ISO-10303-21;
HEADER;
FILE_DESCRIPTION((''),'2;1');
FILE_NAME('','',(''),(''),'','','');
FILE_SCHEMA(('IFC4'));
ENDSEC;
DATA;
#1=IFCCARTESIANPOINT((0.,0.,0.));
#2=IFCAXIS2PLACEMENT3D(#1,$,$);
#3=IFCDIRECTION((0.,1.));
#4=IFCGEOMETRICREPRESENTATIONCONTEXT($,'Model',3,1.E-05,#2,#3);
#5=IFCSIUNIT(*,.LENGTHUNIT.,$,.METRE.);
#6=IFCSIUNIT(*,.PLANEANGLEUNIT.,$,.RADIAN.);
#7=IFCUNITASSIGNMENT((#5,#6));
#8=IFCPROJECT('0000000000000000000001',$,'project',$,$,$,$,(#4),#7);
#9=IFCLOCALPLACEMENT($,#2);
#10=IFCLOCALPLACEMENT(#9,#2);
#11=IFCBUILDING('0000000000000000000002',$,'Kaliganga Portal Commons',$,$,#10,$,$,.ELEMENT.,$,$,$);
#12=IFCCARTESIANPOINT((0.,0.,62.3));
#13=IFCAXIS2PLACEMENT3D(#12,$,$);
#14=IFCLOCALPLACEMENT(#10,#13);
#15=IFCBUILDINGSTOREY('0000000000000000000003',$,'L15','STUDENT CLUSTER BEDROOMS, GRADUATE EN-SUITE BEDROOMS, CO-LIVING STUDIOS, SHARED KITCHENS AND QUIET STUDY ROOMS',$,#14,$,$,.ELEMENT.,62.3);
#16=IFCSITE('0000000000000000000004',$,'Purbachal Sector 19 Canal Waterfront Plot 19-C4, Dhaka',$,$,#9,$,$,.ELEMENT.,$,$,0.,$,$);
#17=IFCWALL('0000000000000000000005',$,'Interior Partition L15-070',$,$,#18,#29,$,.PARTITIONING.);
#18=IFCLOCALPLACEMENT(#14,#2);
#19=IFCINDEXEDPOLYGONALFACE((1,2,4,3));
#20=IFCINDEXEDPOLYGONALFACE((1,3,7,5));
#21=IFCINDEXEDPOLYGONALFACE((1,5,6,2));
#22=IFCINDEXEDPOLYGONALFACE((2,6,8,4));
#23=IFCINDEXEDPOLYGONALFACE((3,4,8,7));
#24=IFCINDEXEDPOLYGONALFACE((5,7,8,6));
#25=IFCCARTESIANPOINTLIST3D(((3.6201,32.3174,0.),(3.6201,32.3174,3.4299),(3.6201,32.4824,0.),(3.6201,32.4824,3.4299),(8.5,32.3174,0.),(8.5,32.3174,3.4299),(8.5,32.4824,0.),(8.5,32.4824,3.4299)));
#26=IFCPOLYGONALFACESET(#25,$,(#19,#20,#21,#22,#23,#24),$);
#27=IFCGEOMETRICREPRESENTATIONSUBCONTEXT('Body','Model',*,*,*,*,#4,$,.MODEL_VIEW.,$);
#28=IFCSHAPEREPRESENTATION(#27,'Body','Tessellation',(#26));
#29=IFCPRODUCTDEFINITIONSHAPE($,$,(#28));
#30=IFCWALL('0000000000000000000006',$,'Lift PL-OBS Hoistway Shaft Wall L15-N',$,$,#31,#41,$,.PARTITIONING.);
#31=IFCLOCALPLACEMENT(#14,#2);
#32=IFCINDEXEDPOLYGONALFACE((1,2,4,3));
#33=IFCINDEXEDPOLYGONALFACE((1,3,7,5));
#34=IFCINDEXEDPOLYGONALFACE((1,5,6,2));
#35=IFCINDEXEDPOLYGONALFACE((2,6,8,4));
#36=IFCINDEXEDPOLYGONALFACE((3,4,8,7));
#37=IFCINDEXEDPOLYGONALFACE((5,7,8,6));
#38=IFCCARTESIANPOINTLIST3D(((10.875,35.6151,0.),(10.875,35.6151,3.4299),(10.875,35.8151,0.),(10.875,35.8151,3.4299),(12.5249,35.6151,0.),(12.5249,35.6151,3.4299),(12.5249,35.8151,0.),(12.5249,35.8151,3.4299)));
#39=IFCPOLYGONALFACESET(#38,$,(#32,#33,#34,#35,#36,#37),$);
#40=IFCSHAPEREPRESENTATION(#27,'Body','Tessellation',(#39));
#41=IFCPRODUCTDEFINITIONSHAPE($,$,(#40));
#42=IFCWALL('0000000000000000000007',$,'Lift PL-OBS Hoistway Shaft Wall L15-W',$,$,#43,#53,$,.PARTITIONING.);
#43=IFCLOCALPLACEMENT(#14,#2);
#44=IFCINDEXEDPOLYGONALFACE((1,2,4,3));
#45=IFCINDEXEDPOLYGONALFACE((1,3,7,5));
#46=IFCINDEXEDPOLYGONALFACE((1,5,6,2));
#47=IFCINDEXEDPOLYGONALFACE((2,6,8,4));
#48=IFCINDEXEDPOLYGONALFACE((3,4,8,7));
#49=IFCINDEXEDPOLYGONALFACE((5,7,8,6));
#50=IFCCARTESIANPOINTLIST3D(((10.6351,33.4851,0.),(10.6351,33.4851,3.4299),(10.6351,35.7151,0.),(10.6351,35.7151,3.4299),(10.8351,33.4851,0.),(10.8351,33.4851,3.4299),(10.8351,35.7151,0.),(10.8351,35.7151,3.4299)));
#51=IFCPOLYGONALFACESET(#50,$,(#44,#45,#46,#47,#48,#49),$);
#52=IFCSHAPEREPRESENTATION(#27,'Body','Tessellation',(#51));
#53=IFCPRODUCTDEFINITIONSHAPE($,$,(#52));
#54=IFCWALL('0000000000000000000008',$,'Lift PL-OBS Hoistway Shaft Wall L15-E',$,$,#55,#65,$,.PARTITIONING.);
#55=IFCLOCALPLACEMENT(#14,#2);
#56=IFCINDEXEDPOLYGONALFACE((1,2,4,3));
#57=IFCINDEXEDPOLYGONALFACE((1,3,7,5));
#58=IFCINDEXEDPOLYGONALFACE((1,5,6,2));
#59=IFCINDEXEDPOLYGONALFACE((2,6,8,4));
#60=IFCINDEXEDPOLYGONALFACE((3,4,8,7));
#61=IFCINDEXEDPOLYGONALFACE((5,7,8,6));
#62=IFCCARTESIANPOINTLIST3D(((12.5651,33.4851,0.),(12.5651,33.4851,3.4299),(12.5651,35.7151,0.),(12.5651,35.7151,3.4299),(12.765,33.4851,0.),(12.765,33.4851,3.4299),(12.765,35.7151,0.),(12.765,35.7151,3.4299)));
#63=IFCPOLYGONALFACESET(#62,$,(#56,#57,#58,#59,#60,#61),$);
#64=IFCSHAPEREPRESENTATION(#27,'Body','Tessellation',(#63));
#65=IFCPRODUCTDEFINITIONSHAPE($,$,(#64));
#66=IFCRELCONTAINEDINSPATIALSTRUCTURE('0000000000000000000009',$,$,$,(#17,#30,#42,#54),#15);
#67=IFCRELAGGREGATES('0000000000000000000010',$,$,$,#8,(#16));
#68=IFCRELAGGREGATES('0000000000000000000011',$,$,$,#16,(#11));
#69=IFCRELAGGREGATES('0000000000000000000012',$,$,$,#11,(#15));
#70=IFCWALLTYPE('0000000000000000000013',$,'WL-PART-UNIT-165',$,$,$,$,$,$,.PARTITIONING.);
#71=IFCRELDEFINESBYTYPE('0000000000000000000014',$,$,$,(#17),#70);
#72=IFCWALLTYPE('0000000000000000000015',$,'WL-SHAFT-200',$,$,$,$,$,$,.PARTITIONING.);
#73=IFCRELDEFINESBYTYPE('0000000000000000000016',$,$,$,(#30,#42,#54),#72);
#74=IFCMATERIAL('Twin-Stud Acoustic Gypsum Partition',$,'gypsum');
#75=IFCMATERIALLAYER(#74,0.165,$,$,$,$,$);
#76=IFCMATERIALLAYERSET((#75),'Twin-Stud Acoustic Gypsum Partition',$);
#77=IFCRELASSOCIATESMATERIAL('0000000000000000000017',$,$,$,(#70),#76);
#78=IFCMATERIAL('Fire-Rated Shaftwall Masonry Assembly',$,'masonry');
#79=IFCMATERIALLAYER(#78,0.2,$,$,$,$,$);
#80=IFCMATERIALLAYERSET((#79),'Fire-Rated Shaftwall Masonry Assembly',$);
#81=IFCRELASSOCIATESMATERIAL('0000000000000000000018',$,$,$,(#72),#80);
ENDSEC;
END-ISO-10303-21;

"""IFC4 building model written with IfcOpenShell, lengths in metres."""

from ifc_helpers import new_model, si_unit, direction, frame, frame_2d, origin, place, context, subcontext, project, spatial, rectangle, extrude, material, layer, layer_set, type_object, element, save


model = new_model("IFC4")

# Units and contexts
model_context = context("Model", 3, precision=1e-05, world=origin(), true_north=direction((0.0, 1.0)))
body_context = subcontext(model_context, "Body", "Model", "MODEL_VIEW")
ifc_project = project(units=[si_unit("LENGTHUNIT", "METRE"), si_unit("PLANEANGLEUNIT", "RADIAN")], contexts=[model_context])

# Site, building, storey
site_placement = place(None, origin())
site = spatial("IfcSite", under=ifc_project, at=site_placement, Name="Purbachal Sector 19 Canal Waterfront Plot 19-C4, Dhaka", CompositionType="ELEMENT", RefElevation=0.0)
building_placement = place(site_placement, origin())
building = spatial("IfcBuilding", under=site, at=building_placement, Name="Kaliganga Portal Commons", CompositionType="ELEMENT")
storey_placement = place(building_placement, frame((0.0, 0.0, 62.3)))
storey = spatial("IfcBuildingStorey", under=building, at=storey_placement, Name="L15", Description="STUDENT CLUSTER BEDROOMS, GRADUATE EN-SUITE BEDROOMS, CO-LIVING STUDIOS, SHARED KITCHENS AND QUIET STUDY ROOMS", CompositionType="ELEMENT", Elevation=62.3)

# Wall
ifc_material_1 = material(Name="Twin-Stud Acoustic Gypsum Partition", Category="gypsum")
ifc_layer_1 = layer(ifc_material_1, 0.165)
ifc_layer_set_1 = layer_set([ifc_layer_1], Name="Twin-Stud Acoustic Gypsum Partition")
wall_type_1 = type_object("IfcWallType", Name="WL-PART-UNIT-165", PredefinedType="PARTITIONING", material=ifc_layer_set_1)
wall_1_placement = place(storey_placement, frame((3.6201, 32.3999, 0.0), z_axis=(0.0, 0.0, 1.0), x_axis=(1.0, 0.0, 0.0)))
element("IfcWall", 1, at=wall_1_placement, inside=storey, type_object=wall_type_1, Name="Interior Partition L15-070", PredefinedType="PARTITIONING", context=body_context, shape_type="SweptSolid", body=[
    extrude(rectangle(XDim=4.8799, YDim=0.165, at=frame_2d((2.4399, 0.0))), origin(), (0.0, 0.0, 1.0), 3.4299),
])

# Shared definitions
ifc_material_2 = material(Name="Fire-Rated Shaftwall Masonry Assembly", Category="masonry")
ifc_layer_2 = layer(ifc_material_2, 0.2)
ifc_layer_set_2 = layer_set([ifc_layer_2], Name="Fire-Rated Shaftwall Masonry Assembly")
wall_type_2 = type_object("IfcWallType", Name="WL-SHAFT-200", PredefinedType="PARTITIONING", material=ifc_layer_set_2)

# Walls
wall_2_placement = place(storey_placement, frame((10.875, 35.7151, 0.0), z_axis=(0.0, 0.0, 1.0), x_axis=(1.0, 0.0, 0.0)))
element("IfcWall", 2, at=wall_2_placement, inside=storey, type_object=wall_type_2, Name="Lift PL-OBS Hoistway Shaft Wall L15-N", PredefinedType="PARTITIONING", context=body_context, shape_type="SweptSolid", body=[
    extrude(rectangle(XDim=1.6499, YDim=0.2, at=frame_2d((0.825, 0.0))), origin(), (0.0, 0.0, 1.0), 3.4299),
])
for number, where, z_axis, x_axis, name in (
    (3, (10.7351, 33.4851, 0.0), (0.0, 0.0, 1.0), (0.0, 1.0, 0.0), "Lift PL-OBS Hoistway Shaft Wall L15-W"),
    (4, (12.665, 33.4851, 0.0), (0.0, 0.0, 1.0), (0.0, 1.0, 0.0), "Lift PL-OBS Hoistway Shaft Wall L15-E"),
):
    element("IfcWall", number, at=place(storey_placement, frame(where, z_axis=z_axis, x_axis=x_axis)), inside=storey, type_object=wall_type_2, Name=name, PredefinedType="PARTITIONING", context=body_context, shape_type="SweptSolid", body=[
        extrude(rectangle(XDim=2.23, YDim=0.2, at=frame_2d((1.115, 0.0))), origin(), (0.0, 0.0, 1.0), 3.4299),
    ])

save(model, "model.ifc")
